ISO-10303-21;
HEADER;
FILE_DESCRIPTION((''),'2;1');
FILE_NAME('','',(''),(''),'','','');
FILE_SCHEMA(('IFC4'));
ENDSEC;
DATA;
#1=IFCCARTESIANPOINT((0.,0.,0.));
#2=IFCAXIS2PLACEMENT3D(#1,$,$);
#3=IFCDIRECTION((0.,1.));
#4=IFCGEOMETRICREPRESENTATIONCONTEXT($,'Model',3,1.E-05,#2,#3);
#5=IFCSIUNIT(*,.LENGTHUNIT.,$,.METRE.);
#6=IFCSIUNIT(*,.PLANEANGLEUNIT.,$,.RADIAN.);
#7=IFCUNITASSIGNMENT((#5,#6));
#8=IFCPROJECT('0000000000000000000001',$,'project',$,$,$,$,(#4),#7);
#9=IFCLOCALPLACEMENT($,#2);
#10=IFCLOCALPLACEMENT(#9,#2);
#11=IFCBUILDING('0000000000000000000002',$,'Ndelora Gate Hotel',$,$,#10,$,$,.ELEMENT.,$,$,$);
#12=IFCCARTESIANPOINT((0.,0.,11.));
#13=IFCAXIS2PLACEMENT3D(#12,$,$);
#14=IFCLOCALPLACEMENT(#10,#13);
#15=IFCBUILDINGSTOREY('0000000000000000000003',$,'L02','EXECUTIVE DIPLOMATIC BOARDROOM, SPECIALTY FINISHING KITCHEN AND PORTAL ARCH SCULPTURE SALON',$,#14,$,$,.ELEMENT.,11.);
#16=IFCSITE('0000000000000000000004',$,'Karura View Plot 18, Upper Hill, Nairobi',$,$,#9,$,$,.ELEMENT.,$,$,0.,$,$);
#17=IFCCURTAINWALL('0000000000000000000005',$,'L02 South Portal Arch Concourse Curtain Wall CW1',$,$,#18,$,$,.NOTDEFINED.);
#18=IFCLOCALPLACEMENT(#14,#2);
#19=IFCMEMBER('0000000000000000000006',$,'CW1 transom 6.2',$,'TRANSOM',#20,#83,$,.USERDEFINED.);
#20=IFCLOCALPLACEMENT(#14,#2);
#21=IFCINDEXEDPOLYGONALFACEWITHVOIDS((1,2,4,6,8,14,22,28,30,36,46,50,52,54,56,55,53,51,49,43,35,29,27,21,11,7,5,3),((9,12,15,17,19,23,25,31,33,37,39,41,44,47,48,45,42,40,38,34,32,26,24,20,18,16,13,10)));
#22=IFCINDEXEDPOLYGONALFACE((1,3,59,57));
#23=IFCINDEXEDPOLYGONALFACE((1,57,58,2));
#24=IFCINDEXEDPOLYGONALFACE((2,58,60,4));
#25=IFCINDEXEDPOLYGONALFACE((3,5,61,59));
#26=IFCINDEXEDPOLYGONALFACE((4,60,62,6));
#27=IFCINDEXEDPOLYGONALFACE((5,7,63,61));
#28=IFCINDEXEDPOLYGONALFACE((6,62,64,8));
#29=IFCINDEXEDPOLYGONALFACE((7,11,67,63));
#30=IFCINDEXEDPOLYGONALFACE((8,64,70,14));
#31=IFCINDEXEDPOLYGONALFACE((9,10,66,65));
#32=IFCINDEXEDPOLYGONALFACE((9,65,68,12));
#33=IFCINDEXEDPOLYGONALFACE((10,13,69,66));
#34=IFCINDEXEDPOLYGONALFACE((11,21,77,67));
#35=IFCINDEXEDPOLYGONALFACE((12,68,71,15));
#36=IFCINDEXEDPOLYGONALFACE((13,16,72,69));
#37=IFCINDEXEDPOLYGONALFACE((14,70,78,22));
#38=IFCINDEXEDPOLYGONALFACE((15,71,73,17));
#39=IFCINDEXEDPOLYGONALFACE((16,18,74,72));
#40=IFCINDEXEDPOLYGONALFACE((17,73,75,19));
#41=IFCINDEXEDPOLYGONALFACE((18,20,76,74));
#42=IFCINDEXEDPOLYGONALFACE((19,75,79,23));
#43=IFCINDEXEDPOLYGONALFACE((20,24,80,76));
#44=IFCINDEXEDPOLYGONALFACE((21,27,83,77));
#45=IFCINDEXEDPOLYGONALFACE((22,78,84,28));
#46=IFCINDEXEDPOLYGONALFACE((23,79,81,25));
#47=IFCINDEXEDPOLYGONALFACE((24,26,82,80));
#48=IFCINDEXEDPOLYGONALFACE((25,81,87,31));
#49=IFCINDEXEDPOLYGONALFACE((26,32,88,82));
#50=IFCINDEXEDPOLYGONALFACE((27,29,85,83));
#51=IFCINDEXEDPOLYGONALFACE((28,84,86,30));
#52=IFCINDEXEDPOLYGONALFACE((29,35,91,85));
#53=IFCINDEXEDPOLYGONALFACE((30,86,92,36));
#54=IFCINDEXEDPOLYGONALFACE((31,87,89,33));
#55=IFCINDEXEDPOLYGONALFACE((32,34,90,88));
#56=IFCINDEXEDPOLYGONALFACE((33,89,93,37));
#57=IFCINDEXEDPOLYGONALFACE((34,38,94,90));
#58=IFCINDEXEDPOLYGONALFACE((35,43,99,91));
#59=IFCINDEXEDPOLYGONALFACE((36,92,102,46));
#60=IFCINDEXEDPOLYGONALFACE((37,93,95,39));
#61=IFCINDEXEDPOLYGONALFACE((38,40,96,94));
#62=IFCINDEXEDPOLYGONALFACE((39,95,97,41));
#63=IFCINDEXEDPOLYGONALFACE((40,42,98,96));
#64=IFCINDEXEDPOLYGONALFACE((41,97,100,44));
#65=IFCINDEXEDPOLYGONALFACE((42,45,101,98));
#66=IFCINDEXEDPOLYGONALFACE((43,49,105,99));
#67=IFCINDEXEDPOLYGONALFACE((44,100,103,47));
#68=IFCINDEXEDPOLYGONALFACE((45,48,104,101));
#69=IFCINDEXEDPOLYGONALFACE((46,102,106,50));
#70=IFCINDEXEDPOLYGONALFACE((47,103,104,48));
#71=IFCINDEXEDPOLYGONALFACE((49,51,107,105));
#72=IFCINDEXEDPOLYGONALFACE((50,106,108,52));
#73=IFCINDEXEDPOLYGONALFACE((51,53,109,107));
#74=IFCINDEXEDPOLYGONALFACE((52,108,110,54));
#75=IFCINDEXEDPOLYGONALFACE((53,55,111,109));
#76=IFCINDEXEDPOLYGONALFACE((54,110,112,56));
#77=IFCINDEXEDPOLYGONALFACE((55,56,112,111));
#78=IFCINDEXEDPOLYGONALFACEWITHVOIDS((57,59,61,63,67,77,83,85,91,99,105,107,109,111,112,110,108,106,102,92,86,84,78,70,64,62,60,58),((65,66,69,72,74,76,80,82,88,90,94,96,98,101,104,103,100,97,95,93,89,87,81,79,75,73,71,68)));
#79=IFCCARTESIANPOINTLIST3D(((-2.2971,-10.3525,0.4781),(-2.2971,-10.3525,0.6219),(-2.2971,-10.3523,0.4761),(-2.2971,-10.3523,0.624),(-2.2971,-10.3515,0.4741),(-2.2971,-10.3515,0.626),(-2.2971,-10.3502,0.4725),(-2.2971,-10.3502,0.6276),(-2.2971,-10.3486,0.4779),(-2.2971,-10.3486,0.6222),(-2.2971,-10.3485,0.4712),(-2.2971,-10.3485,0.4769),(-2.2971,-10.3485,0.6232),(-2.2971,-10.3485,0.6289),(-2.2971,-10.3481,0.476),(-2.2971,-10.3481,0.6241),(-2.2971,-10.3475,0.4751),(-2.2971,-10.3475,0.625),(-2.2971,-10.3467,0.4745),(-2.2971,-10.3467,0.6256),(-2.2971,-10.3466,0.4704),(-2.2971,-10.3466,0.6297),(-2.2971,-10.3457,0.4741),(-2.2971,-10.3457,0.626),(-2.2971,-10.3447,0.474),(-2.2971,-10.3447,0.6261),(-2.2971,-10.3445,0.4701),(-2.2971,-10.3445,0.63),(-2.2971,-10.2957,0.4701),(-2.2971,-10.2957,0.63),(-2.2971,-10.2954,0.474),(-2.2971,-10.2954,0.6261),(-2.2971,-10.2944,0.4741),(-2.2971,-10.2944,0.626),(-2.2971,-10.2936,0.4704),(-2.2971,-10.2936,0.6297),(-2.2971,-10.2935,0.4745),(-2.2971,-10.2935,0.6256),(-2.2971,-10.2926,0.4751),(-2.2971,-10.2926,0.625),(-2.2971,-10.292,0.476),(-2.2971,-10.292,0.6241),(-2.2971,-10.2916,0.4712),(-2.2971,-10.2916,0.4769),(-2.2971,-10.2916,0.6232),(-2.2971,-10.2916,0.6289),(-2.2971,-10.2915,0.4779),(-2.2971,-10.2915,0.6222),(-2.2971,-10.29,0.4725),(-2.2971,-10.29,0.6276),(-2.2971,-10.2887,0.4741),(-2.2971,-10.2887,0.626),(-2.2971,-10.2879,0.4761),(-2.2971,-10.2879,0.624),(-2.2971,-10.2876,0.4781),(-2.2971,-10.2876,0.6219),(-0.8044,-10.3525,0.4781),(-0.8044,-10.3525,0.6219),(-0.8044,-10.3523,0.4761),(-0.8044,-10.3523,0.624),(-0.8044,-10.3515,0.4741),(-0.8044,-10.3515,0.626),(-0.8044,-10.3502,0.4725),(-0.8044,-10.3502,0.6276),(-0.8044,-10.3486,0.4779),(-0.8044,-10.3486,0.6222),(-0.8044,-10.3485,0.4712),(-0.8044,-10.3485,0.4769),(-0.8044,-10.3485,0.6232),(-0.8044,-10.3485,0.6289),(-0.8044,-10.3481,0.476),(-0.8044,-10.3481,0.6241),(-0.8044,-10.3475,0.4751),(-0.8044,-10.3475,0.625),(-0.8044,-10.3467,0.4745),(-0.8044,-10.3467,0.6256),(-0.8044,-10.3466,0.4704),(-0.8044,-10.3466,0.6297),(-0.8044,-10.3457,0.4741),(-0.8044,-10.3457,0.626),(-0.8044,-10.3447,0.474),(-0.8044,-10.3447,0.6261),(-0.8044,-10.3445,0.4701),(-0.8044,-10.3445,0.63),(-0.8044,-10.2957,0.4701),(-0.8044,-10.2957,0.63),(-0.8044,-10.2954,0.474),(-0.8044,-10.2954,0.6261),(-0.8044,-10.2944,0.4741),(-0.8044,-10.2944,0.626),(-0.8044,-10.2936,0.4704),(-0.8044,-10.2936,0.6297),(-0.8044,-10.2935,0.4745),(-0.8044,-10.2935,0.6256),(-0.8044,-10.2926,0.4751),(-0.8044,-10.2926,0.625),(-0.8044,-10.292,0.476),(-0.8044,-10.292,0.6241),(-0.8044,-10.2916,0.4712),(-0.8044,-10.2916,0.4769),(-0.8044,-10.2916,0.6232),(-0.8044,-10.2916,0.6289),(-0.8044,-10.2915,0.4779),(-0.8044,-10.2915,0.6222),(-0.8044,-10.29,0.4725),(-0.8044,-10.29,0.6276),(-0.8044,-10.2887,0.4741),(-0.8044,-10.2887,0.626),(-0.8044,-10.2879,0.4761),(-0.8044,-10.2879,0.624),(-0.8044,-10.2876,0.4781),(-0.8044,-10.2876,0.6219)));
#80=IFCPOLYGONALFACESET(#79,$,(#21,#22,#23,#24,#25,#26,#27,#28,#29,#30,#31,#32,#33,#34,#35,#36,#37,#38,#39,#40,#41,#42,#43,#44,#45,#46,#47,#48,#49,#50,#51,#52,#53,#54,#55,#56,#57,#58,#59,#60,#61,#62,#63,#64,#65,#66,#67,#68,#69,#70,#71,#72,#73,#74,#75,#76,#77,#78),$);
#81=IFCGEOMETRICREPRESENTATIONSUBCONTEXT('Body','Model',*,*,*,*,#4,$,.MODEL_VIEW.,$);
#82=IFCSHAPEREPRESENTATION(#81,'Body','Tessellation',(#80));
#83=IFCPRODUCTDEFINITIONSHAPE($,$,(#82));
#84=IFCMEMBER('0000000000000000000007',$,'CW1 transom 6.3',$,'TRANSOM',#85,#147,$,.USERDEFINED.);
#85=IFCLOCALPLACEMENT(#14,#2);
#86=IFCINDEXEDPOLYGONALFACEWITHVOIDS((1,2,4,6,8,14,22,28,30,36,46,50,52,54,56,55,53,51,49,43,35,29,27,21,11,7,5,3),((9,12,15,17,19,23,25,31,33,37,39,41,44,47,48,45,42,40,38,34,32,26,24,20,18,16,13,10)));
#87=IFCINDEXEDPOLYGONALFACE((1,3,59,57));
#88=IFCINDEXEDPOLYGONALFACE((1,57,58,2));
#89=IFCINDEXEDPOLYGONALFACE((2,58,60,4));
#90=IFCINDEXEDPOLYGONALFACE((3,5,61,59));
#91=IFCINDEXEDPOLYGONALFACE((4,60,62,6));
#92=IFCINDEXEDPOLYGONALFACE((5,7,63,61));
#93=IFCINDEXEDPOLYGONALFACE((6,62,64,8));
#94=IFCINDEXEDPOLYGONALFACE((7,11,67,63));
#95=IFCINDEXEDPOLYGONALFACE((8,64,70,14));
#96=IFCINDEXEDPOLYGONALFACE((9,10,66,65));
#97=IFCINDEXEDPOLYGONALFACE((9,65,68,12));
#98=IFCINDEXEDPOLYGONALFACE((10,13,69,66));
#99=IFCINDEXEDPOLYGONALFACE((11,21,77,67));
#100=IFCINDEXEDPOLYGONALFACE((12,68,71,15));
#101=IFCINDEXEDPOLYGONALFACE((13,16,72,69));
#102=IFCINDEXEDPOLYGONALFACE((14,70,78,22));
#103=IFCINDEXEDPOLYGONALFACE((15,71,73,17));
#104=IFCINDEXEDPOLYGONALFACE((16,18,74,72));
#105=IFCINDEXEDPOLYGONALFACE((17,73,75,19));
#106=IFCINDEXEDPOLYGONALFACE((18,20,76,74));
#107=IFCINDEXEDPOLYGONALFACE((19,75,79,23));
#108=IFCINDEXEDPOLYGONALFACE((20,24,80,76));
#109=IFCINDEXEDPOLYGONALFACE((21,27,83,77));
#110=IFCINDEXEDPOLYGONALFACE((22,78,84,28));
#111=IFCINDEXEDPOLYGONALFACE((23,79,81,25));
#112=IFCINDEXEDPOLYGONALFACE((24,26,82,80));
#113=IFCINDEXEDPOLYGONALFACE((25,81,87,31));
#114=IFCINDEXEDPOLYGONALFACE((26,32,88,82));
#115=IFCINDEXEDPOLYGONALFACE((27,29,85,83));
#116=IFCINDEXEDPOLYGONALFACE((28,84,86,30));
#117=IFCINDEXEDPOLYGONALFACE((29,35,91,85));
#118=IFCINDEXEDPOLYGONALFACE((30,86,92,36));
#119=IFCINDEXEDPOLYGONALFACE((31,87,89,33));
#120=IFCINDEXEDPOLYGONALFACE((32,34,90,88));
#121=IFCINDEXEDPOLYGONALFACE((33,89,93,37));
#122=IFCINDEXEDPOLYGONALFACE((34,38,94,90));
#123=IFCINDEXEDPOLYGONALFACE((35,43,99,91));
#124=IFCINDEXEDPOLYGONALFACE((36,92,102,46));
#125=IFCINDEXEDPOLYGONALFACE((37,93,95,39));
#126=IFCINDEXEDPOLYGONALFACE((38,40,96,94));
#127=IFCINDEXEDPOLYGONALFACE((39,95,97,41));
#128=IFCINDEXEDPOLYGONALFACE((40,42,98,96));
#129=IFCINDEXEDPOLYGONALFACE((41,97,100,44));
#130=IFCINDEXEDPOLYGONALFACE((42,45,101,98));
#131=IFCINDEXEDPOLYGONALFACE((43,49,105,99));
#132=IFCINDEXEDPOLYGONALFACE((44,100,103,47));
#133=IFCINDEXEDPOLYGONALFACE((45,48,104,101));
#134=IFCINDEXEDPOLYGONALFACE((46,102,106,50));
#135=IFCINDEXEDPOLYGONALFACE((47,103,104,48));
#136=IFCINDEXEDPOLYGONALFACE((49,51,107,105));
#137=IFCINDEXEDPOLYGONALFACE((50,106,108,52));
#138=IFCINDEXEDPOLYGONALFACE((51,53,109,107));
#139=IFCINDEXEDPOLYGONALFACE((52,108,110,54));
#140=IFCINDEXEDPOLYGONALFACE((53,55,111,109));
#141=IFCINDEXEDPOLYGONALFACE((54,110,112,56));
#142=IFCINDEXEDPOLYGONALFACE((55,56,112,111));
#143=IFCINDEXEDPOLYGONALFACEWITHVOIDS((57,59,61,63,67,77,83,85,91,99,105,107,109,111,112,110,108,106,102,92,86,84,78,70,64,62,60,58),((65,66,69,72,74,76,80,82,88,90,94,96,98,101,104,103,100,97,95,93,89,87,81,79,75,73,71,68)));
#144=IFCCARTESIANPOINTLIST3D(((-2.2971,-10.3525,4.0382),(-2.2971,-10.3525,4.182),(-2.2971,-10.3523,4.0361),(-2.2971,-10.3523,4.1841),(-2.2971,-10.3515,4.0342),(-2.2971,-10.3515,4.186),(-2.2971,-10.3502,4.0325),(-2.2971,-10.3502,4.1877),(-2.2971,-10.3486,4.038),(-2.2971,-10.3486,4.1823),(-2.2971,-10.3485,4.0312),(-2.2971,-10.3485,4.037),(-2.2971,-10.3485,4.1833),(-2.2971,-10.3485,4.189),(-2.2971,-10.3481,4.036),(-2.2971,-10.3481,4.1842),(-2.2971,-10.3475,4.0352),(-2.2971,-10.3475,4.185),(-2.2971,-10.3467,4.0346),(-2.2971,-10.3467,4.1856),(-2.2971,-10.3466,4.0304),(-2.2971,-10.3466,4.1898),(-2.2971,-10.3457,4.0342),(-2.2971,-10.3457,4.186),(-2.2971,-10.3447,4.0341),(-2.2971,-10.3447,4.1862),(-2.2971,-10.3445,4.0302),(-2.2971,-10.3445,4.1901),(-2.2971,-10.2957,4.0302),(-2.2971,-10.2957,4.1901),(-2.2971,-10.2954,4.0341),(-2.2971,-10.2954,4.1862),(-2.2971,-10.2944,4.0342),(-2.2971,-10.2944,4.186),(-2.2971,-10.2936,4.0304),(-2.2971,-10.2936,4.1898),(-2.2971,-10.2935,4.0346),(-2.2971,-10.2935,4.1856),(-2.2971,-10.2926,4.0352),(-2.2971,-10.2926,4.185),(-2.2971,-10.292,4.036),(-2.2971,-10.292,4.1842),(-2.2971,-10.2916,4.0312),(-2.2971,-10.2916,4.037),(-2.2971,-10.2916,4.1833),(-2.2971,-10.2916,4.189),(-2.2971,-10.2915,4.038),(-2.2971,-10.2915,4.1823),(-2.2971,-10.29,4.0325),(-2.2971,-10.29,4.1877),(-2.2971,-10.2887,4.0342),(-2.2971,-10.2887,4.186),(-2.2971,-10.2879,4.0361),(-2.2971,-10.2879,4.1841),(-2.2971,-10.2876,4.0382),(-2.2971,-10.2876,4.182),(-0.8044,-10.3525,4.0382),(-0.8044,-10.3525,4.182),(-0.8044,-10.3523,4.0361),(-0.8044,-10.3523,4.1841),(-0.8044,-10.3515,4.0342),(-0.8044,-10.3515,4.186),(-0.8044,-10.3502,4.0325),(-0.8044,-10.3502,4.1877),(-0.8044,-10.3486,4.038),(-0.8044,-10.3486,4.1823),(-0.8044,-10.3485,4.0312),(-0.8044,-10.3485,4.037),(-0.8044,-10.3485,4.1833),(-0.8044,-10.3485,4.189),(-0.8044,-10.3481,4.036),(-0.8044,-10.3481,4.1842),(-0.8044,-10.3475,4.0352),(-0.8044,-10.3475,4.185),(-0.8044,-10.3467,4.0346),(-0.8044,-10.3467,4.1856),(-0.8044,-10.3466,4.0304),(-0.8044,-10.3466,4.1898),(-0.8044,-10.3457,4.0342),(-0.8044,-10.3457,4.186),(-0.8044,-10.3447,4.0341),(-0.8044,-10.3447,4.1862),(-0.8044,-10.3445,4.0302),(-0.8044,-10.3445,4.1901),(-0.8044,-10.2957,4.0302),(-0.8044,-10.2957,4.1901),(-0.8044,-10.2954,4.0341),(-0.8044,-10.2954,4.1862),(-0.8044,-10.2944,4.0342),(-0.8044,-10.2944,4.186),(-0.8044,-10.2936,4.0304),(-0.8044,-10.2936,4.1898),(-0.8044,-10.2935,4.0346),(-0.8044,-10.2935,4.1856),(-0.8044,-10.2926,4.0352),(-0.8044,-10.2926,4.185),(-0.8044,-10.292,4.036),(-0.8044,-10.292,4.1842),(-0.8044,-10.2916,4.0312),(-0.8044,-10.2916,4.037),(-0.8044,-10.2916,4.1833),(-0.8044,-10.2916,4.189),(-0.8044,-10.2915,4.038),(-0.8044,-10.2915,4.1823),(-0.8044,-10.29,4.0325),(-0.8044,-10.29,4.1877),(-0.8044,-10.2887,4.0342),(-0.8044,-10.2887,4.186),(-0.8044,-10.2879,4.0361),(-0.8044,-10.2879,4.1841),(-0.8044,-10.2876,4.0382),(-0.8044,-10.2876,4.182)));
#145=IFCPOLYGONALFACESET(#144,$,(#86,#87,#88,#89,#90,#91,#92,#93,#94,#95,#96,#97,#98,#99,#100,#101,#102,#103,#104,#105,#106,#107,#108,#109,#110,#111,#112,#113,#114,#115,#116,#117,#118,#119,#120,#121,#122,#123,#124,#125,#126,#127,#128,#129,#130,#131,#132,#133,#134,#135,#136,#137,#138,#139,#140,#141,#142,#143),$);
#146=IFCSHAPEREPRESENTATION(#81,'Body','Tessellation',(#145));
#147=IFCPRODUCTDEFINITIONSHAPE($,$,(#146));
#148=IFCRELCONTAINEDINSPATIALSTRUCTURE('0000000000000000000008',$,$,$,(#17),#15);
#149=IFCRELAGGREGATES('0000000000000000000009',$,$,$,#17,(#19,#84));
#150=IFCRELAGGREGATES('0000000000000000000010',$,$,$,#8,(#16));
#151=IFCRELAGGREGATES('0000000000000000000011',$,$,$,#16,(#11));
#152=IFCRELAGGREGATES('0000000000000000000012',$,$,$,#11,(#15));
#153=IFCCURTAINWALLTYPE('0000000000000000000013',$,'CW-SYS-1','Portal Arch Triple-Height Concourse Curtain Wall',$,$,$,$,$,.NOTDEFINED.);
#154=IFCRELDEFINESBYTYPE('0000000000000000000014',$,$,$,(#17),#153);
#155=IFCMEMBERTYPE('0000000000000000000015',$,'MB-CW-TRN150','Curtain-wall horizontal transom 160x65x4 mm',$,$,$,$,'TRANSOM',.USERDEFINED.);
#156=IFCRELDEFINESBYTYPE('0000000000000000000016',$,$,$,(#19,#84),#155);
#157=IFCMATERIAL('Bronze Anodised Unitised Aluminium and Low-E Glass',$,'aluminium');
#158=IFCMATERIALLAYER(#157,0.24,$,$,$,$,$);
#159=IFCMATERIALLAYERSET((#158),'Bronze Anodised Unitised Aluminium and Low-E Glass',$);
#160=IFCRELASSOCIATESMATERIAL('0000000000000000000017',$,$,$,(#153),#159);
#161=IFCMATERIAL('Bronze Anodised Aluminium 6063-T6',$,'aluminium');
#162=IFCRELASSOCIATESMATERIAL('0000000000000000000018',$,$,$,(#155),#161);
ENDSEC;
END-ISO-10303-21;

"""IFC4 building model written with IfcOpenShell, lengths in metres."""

from ifc_helpers import new_model, si_unit, direction, frame, origin, origin_2d, place, context, subcontext, project, spatial, hollow_rectangle, extrude, material, layer, layer_set, material_profile, profile_set, type_object, element, aggregate, save


model = new_model("IFC4")

# Units and contexts
model_context = context("Model", 3, precision=1e-05, world=origin(), true_north=direction((0.0, 1.0)))
body_context = subcontext(model_context, "Body", "Model", "MODEL_VIEW")
ifc_project = project(units=[si_unit("LENGTHUNIT", "METRE"), si_unit("PLANEANGLEUNIT", "RADIAN")], contexts=[model_context])

# Site, building, storey
site_placement = place(None, origin())
site = spatial("IfcSite", under=ifc_project, at=site_placement, Name="Karura View Plot 18, Upper Hill, Nairobi", CompositionType="ELEMENT", RefElevation=0.0)
building_placement = place(site_placement, origin())
building = spatial("IfcBuilding", under=site, at=building_placement, Name="Ndelora Gate Hotel", CompositionType="ELEMENT")
storey_placement = place(building_placement, frame((0.0, 0.0, 11.0)))
storey = spatial("IfcBuildingStorey", under=building, at=storey_placement, Name="L02", Description="EXECUTIVE DIPLOMATIC BOARDROOM, SPECIALTY FINISHING KITCHEN AND PORTAL ARCH SCULPTURE SALON", CompositionType="ELEMENT", Elevation=11.0)

# Curtain wall, members
ifc_material_1 = material(Name="Bronze Anodised Unitised Aluminium and Low-E Glass", Category="aluminium")
ifc_layer_1 = layer(ifc_material_1, 0.24)
ifc_layer_set_1 = layer_set([ifc_layer_1], Name="Bronze Anodised Unitised Aluminium and Low-E Glass")
curtain_wall_type = type_object("IfcCurtainWallType", Name="CW-SYS-1", Description="Portal Arch Triple-Height Concourse Curtain Wall", PredefinedType="NOTDEFINED", material=ifc_layer_set_1)
curtain_wall_placement = place(storey_placement, origin())
curtain_wall = element("IfcCurtainWall", 1, at=curtain_wall_placement, inside=storey, type_object=curtain_wall_type, Name="L02 South Portal Arch Concourse Curtain Wall CW1", PredefinedType="NOTDEFINED")
ifc_material_2 = material(Name="Bronze Anodised Aluminium 6063-T6", Category="aluminium")
ifc_material_profile_1 = material_profile(ifc_material_2, hollow_rectangle(XDim=0.0649, YDim=0.1599, WallThickness=0.0039, InnerFilletRadius=0.0039, OuterFilletRadius=0.0081, at=origin_2d()), Name="ALU 160x65x4")
ifc_profile_set_1 = profile_set([ifc_material_profile_1], Name="Bronze Anodised Aluminium 6063-T6")
member_type_1 = type_object("IfcMemberType", Name="MB-CW-TRN150", Description="Curtain-wall horizontal transom 160x65x4 mm", ElementType="TRANSOM", PredefinedType="USERDEFINED", material=ifc_profile_set_1)
member_1_placement = place(storey_placement, frame((-2.2971, -10.3201, 0.55), z_axis=(1.0, 0.0, 0.0), x_axis=(0.0, 1.0, 0.0)))
member_1 = element("IfcMember", 2, at=member_1_placement, type_object=member_type_1, Name="CW1 transom 6.2", ObjectType="TRANSOM", PredefinedType="USERDEFINED", context=body_context, shape_type="SweptSolid", body=[
    extrude(hollow_rectangle(XDim=0.0649, YDim=0.1599, WallThickness=0.0039, InnerFilletRadius=0.0039, OuterFilletRadius=0.0081, at=origin_2d()), origin(), (0.0, 0.0, 1.0), 1.4927),
])
member_2_placement = place(storey_placement, frame((-2.2971, -10.3201, 4.1101), z_axis=(1.0, 0.0, 0.0), x_axis=(0.0, 1.0, 0.0)))
member_2 = element("IfcMember", 3, at=member_2_placement, type_object=member_type_1, Name="CW1 transom 6.3", ObjectType="TRANSOM", PredefinedType="USERDEFINED", context=body_context, shape_type="SweptSolid", body=[
    extrude(hollow_rectangle(XDim=0.0649, YDim=0.1599, WallThickness=0.0039, InnerFilletRadius=0.0039, OuterFilletRadius=0.0081, at=origin_2d()), origin(), (0.0, 0.0, 1.0), 1.4927),
])
aggregate(curtain_wall, [member_1, member_2])

save(model, "model.ifc")
